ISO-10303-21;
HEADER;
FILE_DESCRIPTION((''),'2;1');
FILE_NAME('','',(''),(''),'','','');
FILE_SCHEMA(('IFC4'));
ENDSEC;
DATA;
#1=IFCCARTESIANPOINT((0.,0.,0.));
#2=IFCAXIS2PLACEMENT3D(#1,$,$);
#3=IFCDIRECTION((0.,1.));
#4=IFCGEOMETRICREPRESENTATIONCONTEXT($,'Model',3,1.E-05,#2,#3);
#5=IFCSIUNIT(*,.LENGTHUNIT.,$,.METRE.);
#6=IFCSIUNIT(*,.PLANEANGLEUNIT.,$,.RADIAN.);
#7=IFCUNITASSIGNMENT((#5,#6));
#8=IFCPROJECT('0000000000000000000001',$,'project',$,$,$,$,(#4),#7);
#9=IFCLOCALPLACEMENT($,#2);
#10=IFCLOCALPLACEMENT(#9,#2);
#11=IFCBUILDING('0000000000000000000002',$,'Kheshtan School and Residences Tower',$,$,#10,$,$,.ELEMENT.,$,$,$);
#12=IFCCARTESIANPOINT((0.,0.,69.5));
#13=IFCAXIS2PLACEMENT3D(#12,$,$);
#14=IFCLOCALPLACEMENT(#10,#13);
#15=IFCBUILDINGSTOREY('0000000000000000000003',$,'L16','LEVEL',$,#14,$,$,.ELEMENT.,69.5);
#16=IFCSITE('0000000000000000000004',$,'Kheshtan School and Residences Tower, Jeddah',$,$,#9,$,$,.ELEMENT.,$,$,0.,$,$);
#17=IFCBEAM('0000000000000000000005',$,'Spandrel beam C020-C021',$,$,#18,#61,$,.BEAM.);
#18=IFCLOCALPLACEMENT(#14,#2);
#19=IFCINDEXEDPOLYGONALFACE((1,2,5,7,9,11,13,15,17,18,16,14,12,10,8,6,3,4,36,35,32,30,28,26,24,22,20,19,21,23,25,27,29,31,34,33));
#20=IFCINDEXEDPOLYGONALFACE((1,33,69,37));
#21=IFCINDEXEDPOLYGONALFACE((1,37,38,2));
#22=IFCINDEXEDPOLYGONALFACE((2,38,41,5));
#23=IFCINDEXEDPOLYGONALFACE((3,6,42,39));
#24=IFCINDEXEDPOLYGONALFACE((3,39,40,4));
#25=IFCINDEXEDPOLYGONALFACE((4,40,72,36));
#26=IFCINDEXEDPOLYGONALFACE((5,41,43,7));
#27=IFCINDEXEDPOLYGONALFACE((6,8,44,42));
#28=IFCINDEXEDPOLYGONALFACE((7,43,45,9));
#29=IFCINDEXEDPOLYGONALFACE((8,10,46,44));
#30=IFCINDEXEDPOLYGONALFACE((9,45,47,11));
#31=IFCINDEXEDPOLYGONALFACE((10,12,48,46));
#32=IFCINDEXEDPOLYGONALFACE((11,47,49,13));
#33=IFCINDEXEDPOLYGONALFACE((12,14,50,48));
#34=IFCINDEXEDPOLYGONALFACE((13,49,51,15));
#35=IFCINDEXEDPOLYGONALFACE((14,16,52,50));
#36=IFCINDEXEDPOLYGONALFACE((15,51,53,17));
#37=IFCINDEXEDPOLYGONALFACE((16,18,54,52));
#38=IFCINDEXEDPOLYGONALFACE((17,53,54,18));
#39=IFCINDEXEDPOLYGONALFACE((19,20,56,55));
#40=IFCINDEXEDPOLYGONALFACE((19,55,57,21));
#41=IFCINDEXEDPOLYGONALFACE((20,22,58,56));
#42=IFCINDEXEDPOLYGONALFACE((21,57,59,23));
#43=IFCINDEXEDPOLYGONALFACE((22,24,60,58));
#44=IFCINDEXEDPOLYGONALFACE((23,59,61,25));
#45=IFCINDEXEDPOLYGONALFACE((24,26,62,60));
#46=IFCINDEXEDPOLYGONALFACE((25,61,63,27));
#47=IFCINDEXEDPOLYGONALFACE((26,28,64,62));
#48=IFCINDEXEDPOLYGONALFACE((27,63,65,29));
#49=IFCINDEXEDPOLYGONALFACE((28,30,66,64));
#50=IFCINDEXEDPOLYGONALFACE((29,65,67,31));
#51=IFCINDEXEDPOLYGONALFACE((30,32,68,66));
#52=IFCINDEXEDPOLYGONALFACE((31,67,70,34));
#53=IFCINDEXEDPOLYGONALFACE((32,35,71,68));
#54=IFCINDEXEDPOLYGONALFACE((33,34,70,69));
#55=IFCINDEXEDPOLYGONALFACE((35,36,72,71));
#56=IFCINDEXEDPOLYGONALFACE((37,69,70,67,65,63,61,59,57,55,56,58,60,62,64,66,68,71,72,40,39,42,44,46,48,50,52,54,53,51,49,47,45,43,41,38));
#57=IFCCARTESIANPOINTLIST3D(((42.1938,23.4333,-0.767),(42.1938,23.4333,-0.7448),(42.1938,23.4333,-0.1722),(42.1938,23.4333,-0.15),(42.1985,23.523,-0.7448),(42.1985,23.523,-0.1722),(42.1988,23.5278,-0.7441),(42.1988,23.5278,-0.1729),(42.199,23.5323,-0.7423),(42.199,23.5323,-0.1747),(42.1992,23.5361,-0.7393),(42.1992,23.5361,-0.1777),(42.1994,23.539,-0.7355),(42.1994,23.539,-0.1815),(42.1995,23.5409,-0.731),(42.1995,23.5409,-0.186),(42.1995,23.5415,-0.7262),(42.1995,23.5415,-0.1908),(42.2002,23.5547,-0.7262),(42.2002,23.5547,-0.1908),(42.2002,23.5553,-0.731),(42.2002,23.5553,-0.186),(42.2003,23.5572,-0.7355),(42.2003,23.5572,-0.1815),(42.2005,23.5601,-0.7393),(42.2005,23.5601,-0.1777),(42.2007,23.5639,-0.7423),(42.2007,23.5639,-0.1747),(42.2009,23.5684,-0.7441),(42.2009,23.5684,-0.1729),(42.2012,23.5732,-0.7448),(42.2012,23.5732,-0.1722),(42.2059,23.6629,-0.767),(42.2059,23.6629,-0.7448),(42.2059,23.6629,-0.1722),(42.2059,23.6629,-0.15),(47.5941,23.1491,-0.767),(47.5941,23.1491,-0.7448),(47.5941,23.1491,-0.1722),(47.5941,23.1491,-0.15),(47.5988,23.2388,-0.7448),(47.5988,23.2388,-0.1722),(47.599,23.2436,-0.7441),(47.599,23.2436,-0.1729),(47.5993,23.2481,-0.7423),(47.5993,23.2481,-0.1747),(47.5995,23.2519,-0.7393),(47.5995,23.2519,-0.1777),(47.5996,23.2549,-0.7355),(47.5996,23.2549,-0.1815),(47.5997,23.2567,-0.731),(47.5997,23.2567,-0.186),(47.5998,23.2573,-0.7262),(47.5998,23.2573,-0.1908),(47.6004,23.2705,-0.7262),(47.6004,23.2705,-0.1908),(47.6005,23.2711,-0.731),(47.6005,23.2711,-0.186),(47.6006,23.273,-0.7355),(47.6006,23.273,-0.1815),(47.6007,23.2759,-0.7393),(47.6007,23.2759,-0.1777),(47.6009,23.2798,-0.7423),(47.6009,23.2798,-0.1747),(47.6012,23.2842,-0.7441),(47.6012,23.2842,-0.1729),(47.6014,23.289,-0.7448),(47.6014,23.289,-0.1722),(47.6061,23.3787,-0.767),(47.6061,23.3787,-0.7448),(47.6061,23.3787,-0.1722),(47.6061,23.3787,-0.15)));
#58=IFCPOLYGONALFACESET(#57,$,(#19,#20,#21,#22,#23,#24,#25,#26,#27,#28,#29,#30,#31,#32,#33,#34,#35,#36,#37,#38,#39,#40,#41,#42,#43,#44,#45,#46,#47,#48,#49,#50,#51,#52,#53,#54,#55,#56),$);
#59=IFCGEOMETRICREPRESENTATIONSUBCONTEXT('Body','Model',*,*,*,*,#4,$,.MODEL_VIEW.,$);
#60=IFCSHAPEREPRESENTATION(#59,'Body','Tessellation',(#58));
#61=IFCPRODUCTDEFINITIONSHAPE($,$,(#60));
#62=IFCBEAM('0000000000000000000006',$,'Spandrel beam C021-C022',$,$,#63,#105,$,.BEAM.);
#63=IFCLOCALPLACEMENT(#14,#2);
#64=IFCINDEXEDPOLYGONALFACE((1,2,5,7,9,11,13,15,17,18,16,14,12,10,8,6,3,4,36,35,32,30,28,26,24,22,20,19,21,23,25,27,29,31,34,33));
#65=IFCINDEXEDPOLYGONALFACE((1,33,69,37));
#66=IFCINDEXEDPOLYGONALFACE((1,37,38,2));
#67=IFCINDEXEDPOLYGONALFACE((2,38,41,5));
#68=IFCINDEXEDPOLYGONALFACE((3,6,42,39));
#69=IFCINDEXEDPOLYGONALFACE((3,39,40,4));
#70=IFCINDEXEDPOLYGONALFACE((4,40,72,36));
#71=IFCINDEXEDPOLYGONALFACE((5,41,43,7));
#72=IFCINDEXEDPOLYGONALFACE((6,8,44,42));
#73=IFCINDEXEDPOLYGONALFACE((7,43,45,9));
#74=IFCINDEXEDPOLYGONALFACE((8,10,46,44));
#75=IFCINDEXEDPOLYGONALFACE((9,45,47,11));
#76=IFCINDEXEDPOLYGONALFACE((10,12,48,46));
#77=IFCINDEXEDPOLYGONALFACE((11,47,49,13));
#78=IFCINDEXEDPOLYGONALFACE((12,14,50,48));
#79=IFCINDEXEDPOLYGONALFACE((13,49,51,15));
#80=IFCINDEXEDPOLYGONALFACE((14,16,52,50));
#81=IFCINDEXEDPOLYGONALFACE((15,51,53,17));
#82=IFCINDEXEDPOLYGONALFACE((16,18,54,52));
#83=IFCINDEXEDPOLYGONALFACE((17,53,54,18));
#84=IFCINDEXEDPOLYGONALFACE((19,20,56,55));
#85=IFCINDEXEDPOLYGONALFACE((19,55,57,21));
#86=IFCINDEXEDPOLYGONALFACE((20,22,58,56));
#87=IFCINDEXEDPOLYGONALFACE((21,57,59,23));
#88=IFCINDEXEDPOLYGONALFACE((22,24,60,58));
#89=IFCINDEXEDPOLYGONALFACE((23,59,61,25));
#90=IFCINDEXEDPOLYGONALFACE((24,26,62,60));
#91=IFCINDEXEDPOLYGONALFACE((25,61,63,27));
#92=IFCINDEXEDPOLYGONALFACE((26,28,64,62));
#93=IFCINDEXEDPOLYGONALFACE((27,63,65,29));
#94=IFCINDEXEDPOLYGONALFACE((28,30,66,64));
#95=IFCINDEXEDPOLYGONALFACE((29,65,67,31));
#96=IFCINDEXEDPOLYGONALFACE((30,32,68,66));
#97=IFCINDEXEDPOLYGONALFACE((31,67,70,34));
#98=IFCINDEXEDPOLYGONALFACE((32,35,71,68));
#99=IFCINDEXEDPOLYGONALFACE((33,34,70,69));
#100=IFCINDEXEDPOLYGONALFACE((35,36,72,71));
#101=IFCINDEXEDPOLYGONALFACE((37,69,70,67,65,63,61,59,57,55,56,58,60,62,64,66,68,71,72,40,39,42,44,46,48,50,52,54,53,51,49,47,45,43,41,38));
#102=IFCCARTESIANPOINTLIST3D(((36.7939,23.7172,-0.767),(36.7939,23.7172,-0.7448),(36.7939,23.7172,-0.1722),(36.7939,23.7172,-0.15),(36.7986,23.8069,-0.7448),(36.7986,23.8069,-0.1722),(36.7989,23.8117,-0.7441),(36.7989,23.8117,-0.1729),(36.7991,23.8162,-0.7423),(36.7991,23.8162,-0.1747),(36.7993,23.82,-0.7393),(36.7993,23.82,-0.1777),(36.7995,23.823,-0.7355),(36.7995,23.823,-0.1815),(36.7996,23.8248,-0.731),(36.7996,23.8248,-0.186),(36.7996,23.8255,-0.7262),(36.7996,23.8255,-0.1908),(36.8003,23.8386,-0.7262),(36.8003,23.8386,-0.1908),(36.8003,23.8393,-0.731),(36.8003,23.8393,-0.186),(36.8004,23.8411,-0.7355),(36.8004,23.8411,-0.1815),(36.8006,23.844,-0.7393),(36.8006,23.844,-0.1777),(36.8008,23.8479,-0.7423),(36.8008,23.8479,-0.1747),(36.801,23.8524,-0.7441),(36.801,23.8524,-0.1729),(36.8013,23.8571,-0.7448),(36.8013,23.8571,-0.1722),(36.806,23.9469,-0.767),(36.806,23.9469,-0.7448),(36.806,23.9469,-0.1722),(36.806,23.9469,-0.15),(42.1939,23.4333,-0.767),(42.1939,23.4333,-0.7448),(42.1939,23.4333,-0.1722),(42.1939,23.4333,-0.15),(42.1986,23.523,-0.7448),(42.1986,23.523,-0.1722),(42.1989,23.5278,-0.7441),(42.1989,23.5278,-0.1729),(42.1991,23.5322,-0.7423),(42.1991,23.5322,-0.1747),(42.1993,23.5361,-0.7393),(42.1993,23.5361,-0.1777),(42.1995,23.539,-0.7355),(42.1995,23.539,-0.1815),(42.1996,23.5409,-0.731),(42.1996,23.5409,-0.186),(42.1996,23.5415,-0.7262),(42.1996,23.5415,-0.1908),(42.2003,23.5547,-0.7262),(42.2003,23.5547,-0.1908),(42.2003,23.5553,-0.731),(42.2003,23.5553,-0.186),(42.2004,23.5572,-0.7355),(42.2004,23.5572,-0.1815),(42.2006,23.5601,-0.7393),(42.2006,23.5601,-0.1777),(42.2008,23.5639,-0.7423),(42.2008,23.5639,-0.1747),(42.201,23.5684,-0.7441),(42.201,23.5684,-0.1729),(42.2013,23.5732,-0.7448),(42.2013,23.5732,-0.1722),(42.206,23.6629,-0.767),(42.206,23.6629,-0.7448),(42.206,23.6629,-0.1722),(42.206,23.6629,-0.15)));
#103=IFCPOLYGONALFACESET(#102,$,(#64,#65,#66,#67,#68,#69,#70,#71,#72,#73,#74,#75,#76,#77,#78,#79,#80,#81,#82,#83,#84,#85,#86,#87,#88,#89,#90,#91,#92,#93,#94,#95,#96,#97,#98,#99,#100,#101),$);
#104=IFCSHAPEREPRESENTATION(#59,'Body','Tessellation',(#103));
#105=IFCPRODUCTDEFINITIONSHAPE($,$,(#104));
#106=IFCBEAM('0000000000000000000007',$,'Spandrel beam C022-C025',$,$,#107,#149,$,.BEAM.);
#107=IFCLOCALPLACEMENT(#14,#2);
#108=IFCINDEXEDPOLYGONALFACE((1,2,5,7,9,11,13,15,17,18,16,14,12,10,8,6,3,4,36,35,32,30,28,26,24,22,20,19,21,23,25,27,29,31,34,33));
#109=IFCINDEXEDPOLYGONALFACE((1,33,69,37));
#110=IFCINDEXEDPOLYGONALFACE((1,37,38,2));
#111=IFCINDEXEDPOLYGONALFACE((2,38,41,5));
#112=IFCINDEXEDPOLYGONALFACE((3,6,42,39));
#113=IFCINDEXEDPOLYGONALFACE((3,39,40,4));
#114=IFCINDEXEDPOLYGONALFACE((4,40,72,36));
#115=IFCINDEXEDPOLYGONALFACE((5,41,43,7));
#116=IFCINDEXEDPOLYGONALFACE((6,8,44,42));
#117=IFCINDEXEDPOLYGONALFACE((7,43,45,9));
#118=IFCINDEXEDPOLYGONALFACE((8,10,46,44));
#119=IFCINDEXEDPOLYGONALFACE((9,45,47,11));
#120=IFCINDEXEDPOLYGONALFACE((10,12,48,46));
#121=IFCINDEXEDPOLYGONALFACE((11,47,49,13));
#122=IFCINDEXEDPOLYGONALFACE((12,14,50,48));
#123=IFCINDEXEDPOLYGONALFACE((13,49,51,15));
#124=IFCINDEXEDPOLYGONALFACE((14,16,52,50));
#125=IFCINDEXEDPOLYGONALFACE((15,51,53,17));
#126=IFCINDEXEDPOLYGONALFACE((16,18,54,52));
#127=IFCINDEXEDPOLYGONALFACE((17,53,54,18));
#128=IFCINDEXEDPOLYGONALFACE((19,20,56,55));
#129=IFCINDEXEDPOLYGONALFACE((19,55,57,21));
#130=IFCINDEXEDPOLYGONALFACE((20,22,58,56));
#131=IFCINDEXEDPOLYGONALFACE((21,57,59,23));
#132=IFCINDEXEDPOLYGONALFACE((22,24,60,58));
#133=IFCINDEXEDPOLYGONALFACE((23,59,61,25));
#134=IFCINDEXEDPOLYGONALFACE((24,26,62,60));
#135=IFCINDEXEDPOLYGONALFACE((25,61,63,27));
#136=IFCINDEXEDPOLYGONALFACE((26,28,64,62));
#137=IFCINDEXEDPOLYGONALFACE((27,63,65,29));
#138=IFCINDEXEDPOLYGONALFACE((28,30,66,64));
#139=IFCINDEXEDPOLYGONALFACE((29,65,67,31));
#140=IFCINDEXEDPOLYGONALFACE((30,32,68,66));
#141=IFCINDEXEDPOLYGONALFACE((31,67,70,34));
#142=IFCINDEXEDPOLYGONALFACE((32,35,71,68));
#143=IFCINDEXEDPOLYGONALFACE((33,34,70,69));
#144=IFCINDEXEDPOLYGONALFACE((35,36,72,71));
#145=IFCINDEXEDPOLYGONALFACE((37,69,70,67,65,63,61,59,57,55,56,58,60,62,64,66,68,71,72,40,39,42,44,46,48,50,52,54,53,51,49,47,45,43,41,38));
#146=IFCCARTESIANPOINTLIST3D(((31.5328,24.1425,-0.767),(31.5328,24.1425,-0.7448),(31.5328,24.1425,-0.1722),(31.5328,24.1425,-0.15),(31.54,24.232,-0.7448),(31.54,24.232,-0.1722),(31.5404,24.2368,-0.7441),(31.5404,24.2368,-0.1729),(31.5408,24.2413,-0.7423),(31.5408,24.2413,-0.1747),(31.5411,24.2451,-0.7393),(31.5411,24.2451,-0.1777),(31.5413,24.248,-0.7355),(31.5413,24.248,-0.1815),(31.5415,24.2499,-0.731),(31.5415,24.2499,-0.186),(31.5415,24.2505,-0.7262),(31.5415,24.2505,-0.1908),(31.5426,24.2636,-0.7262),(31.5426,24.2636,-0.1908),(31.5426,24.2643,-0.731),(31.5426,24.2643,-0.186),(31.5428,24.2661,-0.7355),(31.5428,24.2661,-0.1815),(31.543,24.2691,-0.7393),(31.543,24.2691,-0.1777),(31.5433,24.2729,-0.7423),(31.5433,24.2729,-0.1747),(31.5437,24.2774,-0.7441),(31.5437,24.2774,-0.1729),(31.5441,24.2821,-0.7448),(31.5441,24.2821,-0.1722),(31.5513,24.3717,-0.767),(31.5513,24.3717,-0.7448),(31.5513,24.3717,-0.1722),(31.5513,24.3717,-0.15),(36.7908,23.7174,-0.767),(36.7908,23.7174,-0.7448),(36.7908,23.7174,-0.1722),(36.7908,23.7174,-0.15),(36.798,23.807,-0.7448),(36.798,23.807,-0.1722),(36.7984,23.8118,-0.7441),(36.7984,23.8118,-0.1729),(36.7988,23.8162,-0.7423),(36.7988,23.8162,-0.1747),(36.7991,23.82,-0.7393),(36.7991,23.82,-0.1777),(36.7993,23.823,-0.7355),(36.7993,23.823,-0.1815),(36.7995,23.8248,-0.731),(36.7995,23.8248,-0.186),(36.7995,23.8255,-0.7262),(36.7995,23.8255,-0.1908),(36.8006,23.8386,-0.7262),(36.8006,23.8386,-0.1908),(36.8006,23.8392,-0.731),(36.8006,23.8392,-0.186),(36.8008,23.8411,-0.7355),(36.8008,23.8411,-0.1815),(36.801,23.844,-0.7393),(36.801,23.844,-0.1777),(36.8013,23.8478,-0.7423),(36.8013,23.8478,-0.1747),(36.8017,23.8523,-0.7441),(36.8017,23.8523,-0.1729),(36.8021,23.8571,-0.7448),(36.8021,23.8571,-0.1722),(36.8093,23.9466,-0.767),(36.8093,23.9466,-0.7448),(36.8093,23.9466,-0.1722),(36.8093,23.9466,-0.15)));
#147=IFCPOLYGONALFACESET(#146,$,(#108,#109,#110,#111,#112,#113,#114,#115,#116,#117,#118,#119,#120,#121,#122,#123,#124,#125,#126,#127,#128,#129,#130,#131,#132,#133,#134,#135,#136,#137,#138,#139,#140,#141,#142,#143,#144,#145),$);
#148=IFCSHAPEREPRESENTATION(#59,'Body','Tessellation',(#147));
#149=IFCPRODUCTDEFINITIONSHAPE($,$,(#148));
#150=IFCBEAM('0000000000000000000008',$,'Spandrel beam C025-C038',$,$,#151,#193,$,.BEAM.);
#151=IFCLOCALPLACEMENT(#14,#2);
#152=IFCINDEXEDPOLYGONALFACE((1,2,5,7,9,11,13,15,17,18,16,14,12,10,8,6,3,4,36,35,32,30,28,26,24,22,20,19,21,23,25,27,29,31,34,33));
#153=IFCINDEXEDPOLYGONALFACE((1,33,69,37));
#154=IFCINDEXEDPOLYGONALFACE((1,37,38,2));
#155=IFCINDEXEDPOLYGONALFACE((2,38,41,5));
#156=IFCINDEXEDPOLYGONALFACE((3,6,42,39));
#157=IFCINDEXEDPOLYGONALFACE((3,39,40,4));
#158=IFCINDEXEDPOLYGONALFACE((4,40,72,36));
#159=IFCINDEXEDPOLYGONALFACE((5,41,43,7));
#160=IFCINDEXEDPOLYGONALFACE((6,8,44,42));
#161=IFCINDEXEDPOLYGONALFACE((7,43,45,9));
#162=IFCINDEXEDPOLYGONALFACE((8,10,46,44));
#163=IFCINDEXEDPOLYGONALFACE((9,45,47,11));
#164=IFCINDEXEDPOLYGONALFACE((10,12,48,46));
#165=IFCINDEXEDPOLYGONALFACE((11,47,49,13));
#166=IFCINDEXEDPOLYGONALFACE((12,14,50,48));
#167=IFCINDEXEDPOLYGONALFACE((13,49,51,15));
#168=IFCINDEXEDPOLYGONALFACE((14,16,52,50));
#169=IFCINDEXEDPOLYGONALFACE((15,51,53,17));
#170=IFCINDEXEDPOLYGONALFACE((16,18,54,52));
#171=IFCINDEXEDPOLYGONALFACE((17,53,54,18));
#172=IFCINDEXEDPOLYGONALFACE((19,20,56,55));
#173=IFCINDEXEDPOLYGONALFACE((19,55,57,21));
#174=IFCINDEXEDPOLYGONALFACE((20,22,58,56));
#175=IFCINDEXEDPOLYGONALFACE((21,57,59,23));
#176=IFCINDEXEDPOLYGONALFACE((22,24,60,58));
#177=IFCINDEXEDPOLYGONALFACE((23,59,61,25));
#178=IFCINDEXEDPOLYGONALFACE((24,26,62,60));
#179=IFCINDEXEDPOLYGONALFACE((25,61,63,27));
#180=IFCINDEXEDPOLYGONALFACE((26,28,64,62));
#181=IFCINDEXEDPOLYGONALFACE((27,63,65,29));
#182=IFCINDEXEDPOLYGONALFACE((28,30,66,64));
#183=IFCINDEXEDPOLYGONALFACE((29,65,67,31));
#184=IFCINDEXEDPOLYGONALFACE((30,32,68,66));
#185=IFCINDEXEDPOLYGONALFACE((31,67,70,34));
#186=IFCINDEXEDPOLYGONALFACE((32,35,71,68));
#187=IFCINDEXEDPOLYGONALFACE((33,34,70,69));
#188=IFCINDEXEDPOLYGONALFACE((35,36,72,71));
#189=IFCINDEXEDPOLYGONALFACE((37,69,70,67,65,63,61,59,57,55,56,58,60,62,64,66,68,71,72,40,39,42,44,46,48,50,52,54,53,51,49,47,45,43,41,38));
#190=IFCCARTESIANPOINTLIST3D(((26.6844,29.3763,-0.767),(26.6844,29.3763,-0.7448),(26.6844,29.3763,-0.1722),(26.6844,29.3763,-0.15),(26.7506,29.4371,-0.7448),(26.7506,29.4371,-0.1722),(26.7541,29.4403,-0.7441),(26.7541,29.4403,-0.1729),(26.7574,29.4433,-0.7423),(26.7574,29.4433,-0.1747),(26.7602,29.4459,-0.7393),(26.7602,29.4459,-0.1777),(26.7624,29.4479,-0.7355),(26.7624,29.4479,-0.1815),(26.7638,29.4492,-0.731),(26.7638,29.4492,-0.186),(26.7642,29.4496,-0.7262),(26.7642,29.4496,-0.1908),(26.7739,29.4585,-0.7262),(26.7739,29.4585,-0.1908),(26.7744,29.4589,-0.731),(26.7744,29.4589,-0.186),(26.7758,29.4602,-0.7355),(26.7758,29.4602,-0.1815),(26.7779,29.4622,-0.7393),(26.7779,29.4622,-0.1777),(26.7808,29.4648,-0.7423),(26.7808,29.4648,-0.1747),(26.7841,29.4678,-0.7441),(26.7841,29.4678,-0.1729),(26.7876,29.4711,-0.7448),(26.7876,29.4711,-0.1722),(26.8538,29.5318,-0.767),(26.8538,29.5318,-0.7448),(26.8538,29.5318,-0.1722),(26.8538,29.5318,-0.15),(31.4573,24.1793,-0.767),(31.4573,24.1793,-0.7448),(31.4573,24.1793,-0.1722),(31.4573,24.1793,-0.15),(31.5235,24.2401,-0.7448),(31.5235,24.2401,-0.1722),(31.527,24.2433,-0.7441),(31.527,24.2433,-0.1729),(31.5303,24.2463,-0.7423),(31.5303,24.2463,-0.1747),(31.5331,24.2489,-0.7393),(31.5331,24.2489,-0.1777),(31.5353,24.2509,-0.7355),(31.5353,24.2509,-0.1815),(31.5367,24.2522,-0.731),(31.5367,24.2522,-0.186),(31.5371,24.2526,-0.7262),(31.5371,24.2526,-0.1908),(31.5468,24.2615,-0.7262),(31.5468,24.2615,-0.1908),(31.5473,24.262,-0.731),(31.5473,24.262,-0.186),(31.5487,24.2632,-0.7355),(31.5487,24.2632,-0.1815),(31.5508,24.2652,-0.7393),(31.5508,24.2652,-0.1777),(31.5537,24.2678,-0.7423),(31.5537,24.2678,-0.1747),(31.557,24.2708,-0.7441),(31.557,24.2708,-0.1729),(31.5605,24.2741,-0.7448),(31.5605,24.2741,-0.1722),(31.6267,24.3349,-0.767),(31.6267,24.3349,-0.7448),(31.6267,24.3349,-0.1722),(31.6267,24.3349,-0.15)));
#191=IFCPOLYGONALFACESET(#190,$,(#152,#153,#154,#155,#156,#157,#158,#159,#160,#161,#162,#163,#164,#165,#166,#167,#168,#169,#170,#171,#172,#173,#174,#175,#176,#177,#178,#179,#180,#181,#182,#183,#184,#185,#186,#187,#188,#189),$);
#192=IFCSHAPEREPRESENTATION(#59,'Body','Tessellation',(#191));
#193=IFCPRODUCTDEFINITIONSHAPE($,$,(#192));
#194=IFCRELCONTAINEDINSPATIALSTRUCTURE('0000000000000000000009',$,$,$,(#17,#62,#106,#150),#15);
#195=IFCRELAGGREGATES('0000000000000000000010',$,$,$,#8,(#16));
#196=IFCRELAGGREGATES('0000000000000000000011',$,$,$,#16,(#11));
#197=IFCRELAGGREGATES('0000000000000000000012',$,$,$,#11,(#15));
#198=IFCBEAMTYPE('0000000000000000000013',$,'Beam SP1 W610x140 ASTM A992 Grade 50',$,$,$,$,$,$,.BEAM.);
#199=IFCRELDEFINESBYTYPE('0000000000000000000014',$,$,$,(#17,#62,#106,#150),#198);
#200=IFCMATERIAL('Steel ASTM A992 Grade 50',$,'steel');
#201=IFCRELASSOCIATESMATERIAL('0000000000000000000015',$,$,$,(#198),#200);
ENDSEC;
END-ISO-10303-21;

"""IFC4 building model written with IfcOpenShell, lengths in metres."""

from ifc_helpers import new_model, si_unit, direction, frame, origin, origin_2d, place, context, subcontext, project, spatial, i_section, extrude, material, material_profile, profile_set, type_object, element, save


model = new_model("IFC4")

# Units and contexts
model_context = context("Model", 3, precision=1e-05, world=origin(), true_north=direction((0.0, 1.0)))
body_context = subcontext(model_context, "Body", "Model", "MODEL_VIEW")
ifc_project = project(units=[si_unit("LENGTHUNIT", "METRE"), si_unit("PLANEANGLEUNIT", "RADIAN")], contexts=[model_context])

# Site, building, storey
site_placement = place(None, origin())
site = spatial("IfcSite", under=ifc_project, at=site_placement, Name="Kheshtan School and Residences Tower, Jeddah", CompositionType="ELEMENT", RefElevation=0.0)
building_placement = place(site_placement, origin())
building = spatial("IfcBuilding", under=site, at=building_placement, Name="Kheshtan School and Residences Tower", CompositionType="ELEMENT")
storey_placement = place(building_placement, frame((0.0, 0.0, 69.5)))
storey = spatial("IfcBuildingStorey", under=building, at=storey_placement, Name="L16", Description="LEVEL", CompositionType="ELEMENT", Elevation=69.5)

# Shared definitions
ifc_material_1 = material(Name="Steel ASTM A992 Grade 50", Category="steel")

# Beams
ifc_material_profile_1 = material_profile(ifc_material_1, i_section(OverallWidth=0.23, OverallDepth=0.6169, WebThickness=0.0132, FlangeThickness=0.0222, FilletRadius=0.0186, at=origin_2d()), Name="W610x140")
ifc_profile_set_1 = profile_set([ifc_material_profile_1], Name="Steel ASTM A992 Grade 50")
beam_type_1 = type_object("IfcBeamType", Name="Beam SP1 W610x140 ASTM A992 Grade 50", PredefinedType="BEAM", material=ifc_profile_set_1)
beam_1_placement = place(storey_placement, frame((47.6001, 23.2639, -0.4585), z_axis=(-0.998618, 0.052552, 0.0), x_axis=(-0.052552, -0.998618, 0.0)))
element("IfcBeam", 1, at=beam_1_placement, inside=storey, type_object=beam_type_1, Name="Spandrel beam C020-C021", PredefinedType="BEAM", context=body_context, shape_type="SweptSolid", body=[
    extrude(i_section(OverallWidth=0.23, OverallDepth=0.6169, WebThickness=0.0132, FlangeThickness=0.0222, FilletRadius=0.0186, at=origin_2d()), origin(), (0.0, 0.0, 1.0), 5.4077),
])
beam_2_placement = place(storey_placement, frame((42.2, 23.5481, -0.4585), z_axis=(-0.99862, 0.052509, 0.0), x_axis=(-0.052509, -0.99862, 0.0)))
element("IfcBeam", 2, at=beam_2_placement, inside=storey, type_object=beam_type_1, Name="Spandrel beam C021-C022", PredefinedType="BEAM", context=body_context, shape_type="SweptSolid", body=[
    extrude(i_section(OverallWidth=0.23, OverallDepth=0.6169, WebThickness=0.0132, FlangeThickness=0.0222, FilletRadius=0.0186, at=origin_2d()), origin(), (0.0, 0.0, 1.0), 5.4075),
])
beam_3_placement = place(storey_placement, frame((36.8, 23.832, -0.4585), z_axis=(-0.996749, 0.080575, 0.0), x_axis=(-0.080575, -0.996749, 0.0)))
element("IfcBeam", 3, at=beam_3_placement, inside=storey, type_object=beam_type_1, Name="Spandrel beam C022-C025", PredefinedType="BEAM", context=body_context, shape_type="SweptSolid", body=[
    extrude(i_section(OverallWidth=0.23, OverallDepth=0.6169, WebThickness=0.0132, FlangeThickness=0.0222, FilletRadius=0.0186, at=origin_2d()), origin(), (0.0, 0.0, 1.0), 5.2751),
])
beam_4_placement = place(storey_placement, frame((31.542, 24.2571, -0.4585), z_axis=(-0.676418, 0.736518, 0.0), x_axis=(-0.736518, -0.676418, 0.0)))
element("IfcBeam", 4, at=beam_4_placement, inside=storey, type_object=beam_type_1, Name="Spandrel beam C025-C038", PredefinedType="BEAM", context=body_context, shape_type="SweptSolid", body=[
    extrude(i_section(OverallWidth=0.23, OverallDepth=0.6169, WebThickness=0.0132, FlangeThickness=0.0222, FilletRadius=0.0186, at=origin_2d()), origin(), (0.0, 0.0, 1.0), 7.0562),
])

save(model, "model.ifc")
